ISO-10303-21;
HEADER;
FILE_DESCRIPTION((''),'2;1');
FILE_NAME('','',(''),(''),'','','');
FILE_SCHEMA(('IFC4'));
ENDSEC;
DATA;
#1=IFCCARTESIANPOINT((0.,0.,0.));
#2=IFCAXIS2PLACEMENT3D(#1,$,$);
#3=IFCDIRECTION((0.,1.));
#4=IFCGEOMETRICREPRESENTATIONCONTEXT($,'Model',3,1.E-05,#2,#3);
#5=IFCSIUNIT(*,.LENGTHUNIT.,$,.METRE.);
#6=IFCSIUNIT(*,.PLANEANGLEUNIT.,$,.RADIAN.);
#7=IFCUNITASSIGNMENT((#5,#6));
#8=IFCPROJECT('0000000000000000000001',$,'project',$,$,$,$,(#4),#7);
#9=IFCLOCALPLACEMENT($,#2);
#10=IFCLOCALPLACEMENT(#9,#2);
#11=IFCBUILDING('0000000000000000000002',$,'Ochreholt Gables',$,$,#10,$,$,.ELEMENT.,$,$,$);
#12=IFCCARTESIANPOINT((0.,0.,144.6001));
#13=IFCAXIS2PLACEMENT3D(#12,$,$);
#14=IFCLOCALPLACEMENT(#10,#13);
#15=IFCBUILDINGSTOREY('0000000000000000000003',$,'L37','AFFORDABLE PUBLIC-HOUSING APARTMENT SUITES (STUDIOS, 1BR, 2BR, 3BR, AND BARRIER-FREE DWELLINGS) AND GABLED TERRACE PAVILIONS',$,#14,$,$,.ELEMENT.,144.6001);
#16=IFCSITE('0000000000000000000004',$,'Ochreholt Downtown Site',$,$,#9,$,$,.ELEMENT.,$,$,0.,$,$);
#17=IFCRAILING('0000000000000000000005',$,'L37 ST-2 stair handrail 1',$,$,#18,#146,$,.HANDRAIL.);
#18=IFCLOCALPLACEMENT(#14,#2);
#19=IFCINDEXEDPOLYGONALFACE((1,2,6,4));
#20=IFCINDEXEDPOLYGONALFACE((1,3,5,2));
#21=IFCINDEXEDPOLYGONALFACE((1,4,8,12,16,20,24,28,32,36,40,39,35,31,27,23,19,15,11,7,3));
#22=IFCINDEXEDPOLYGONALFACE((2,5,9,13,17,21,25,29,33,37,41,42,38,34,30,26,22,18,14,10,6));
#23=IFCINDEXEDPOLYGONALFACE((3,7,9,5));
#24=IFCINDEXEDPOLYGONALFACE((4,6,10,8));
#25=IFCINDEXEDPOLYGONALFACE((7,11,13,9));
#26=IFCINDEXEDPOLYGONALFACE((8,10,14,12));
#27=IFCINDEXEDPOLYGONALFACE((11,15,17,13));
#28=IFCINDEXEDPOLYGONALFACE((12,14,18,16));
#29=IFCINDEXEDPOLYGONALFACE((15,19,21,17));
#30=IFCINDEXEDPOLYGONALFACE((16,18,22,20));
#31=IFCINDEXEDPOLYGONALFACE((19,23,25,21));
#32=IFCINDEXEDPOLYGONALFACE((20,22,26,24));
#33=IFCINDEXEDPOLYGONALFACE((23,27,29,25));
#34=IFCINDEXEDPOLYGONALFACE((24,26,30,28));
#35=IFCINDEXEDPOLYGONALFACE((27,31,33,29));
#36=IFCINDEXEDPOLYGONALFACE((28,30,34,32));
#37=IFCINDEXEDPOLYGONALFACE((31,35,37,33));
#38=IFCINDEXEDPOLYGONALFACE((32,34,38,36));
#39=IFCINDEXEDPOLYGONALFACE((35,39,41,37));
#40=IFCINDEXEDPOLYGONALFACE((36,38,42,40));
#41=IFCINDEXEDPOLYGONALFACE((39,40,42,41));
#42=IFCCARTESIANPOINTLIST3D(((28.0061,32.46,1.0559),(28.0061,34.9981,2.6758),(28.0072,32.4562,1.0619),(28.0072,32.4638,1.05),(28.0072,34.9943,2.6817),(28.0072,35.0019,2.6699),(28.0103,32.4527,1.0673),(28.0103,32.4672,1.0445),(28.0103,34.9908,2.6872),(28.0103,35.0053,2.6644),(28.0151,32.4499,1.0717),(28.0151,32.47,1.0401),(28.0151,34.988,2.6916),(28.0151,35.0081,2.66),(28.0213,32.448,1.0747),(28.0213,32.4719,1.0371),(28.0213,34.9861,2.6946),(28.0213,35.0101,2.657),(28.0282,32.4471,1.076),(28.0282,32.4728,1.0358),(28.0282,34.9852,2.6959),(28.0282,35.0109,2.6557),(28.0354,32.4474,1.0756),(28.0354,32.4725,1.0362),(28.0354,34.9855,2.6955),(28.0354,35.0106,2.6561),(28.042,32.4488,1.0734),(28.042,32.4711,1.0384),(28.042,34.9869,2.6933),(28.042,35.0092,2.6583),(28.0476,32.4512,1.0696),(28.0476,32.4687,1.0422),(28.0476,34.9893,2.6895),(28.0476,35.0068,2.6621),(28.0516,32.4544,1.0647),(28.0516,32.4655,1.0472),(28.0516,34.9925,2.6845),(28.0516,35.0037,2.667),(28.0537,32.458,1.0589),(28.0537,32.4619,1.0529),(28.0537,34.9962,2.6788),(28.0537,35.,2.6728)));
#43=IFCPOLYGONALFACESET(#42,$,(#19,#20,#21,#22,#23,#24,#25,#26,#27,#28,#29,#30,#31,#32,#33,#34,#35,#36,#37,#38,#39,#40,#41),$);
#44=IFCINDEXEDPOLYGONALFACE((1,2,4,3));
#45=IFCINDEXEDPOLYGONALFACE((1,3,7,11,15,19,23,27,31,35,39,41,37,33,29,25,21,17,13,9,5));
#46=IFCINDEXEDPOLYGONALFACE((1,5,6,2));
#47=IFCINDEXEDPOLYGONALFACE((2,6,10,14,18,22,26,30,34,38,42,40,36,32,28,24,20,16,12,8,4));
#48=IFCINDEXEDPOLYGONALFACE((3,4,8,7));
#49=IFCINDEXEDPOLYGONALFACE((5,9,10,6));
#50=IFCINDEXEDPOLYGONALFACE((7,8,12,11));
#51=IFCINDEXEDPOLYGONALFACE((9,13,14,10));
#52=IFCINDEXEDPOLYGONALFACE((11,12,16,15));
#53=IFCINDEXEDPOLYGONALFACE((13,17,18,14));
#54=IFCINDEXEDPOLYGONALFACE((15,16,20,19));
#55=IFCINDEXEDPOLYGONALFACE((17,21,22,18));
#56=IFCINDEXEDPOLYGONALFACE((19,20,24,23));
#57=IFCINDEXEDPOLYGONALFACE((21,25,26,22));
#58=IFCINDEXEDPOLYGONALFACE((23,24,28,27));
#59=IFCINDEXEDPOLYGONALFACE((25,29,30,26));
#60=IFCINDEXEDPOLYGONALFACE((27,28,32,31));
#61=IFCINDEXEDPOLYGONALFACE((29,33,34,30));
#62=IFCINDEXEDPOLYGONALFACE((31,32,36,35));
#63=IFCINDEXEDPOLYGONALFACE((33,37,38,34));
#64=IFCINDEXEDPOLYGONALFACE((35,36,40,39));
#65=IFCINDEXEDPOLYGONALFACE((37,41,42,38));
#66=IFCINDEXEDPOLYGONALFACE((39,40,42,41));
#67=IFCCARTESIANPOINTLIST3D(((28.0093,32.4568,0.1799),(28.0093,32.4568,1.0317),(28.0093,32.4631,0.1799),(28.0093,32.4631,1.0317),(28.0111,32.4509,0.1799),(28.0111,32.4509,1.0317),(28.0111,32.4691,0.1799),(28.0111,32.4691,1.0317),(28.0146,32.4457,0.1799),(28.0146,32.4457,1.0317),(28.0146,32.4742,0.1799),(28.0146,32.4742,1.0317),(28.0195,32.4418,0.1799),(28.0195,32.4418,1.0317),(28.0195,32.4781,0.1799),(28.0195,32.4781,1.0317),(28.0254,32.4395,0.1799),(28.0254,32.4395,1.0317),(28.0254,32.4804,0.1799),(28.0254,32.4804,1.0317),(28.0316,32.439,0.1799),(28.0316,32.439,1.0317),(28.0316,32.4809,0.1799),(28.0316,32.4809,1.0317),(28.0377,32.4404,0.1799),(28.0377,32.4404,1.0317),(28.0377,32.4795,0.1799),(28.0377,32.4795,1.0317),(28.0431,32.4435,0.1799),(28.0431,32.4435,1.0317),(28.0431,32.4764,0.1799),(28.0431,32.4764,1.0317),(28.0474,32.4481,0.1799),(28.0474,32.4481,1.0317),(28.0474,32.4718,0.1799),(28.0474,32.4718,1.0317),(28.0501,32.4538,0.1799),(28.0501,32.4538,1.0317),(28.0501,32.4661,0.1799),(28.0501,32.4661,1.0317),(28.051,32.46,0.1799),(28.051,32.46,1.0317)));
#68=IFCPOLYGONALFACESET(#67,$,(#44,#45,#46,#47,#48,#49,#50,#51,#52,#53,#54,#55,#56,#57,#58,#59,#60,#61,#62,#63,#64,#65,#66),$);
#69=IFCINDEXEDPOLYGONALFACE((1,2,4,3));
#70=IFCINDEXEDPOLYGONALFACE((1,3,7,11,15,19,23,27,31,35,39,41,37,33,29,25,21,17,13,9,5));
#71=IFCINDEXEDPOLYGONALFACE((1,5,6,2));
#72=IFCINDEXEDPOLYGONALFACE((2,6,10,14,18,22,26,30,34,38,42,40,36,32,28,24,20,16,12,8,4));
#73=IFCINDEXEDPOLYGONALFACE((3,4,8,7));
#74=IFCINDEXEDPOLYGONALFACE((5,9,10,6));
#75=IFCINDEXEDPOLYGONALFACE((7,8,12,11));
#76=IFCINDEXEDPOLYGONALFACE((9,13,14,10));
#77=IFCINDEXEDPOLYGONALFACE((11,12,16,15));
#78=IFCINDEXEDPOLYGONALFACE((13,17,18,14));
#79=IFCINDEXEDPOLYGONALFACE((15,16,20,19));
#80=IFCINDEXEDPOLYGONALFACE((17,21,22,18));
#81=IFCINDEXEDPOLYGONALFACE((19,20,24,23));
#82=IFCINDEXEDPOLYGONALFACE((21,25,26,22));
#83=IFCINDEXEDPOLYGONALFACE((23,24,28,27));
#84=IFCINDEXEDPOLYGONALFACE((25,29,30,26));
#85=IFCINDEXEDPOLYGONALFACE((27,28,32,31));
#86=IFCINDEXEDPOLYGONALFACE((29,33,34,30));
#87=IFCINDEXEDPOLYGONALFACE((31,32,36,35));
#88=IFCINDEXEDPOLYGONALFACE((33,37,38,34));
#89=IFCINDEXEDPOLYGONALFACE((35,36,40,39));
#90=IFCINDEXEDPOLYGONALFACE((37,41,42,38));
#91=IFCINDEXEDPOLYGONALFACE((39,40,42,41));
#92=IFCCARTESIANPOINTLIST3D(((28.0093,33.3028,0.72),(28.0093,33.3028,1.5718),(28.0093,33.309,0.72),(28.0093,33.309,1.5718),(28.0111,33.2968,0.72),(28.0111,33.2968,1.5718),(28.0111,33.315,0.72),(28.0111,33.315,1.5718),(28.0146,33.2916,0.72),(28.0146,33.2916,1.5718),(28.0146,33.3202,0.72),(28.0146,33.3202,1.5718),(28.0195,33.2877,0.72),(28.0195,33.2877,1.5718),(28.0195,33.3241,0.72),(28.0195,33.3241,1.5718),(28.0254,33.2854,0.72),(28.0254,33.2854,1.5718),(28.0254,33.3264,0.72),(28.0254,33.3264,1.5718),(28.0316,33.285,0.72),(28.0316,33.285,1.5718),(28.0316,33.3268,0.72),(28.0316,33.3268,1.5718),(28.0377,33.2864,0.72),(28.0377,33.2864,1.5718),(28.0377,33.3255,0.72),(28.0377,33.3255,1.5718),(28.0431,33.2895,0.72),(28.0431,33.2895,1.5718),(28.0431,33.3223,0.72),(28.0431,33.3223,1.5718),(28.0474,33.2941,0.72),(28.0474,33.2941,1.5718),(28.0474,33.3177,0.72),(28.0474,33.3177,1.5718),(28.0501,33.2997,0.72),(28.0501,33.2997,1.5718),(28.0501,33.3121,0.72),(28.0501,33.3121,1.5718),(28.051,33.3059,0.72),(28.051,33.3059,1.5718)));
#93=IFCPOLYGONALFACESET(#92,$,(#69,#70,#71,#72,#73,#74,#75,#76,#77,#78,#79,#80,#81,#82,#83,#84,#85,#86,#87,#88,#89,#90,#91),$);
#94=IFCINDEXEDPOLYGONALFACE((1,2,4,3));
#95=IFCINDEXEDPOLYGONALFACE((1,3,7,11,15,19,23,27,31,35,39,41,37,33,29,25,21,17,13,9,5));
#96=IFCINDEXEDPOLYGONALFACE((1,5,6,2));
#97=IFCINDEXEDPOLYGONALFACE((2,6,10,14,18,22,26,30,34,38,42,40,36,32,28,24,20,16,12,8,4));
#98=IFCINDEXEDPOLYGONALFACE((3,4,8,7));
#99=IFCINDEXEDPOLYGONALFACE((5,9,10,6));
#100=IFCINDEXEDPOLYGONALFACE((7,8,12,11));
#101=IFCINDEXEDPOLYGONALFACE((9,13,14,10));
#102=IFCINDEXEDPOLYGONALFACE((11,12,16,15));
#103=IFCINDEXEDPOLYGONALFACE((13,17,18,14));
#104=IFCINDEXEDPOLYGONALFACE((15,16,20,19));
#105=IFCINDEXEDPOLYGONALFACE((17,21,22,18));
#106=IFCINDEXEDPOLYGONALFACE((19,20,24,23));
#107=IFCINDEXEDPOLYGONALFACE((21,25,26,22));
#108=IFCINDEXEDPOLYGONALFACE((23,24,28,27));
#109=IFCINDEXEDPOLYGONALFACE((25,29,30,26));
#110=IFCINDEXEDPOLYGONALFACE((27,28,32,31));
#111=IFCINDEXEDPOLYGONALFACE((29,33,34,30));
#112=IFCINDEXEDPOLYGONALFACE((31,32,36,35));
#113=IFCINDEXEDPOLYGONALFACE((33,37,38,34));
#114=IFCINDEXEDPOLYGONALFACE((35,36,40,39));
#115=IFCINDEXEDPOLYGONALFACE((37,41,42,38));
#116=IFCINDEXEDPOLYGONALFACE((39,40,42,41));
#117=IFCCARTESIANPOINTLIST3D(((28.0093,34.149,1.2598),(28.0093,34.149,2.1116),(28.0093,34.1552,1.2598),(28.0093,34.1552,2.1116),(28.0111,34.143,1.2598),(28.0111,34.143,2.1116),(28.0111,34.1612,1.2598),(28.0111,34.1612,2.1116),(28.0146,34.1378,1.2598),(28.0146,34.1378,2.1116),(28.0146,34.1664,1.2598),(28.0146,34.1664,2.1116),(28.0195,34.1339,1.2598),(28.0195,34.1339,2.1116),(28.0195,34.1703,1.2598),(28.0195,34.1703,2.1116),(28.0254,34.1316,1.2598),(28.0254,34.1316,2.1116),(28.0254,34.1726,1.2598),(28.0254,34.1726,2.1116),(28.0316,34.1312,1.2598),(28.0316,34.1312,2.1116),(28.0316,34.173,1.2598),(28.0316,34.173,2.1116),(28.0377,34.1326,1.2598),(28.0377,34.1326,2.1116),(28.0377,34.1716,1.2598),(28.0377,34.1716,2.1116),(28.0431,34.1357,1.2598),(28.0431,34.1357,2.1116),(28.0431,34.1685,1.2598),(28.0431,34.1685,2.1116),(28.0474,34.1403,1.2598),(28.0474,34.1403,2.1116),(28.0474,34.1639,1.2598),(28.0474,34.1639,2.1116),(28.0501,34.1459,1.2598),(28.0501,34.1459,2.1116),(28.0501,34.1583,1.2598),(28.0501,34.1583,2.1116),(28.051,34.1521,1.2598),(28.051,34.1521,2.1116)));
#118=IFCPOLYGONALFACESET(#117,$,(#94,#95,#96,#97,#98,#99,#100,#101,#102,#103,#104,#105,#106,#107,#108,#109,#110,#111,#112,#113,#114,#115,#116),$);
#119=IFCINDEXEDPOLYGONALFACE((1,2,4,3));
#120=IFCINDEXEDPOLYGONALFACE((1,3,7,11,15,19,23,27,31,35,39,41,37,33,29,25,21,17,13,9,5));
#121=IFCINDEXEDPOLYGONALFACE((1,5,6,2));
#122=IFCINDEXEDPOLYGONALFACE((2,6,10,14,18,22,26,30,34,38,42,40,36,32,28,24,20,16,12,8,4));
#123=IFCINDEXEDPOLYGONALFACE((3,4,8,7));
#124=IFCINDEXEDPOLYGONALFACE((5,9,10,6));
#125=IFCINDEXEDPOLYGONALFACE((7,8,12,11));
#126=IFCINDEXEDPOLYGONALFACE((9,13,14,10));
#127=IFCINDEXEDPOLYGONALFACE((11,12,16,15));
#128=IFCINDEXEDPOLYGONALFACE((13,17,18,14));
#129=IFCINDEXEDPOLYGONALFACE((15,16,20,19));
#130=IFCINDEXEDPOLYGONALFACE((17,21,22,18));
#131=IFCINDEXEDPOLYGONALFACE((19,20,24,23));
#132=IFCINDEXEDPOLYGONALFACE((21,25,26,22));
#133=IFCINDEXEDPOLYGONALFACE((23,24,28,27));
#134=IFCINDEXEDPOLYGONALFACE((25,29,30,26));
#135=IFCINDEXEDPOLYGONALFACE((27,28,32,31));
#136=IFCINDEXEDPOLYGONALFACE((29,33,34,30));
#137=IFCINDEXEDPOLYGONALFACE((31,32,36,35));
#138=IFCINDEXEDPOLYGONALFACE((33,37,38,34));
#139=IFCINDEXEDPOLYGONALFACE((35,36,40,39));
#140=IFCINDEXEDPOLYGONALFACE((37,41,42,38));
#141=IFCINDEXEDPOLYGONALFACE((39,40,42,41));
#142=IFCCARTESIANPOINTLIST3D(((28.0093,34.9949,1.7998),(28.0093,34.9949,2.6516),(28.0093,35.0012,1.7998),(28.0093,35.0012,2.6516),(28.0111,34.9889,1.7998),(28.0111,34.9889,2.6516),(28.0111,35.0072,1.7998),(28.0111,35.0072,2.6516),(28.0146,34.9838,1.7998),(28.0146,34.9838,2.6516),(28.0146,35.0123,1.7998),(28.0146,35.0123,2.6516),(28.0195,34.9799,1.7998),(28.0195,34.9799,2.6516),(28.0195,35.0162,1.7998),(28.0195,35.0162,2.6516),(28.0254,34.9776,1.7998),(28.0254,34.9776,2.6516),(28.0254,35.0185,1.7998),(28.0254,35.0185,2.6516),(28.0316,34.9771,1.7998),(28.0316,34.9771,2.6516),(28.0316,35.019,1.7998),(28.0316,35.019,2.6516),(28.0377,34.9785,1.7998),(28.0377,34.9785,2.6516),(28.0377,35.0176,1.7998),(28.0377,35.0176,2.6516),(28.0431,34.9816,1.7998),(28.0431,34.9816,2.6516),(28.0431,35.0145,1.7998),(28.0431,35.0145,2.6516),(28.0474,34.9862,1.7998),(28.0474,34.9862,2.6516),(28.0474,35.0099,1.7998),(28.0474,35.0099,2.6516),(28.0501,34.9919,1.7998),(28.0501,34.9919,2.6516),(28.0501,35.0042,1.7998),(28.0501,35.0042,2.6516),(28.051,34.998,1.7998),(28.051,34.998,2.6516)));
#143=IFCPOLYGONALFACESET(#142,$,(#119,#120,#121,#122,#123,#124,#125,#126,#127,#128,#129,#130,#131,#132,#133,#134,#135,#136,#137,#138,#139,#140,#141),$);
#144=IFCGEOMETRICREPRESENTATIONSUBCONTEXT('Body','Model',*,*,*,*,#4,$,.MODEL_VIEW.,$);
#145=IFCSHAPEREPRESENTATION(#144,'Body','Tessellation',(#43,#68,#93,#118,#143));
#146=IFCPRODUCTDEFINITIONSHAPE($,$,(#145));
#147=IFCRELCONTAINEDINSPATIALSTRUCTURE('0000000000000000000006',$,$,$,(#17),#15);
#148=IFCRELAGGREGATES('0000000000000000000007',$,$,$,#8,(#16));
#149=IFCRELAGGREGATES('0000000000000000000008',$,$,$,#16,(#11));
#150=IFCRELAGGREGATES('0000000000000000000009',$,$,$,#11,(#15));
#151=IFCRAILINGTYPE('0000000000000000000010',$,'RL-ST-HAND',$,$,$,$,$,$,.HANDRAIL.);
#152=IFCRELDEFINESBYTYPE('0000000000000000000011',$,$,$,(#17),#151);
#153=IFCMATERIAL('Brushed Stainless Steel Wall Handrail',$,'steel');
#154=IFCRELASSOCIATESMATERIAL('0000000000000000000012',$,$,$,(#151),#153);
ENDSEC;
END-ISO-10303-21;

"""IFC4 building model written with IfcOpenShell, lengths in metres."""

from ifc_helpers import new_model, si_unit, direction, frame, origin, origin_2d, place, context, subcontext, project, spatial, circle, extrude, material, type_object, element, save


model = new_model("IFC4")

# Units and contexts
model_context = context("Model", 3, precision=1e-05, world=origin(), true_north=direction((0.0, 1.0)))
body_context = subcontext(model_context, "Body", "Model", "MODEL_VIEW")
ifc_project = project(units=[si_unit("LENGTHUNIT", "METRE"), si_unit("PLANEANGLEUNIT", "RADIAN")], contexts=[model_context])

# Site, building, storey
site_placement = place(None, origin())
site = spatial("IfcSite", under=ifc_project, at=site_placement, Name="Ochreholt Downtown Site", CompositionType="ELEMENT", RefElevation=0.0)
building_placement = place(site_placement, origin())
building = spatial("IfcBuilding", under=site, at=building_placement, Name="Ochreholt Gables", CompositionType="ELEMENT")
storey_placement = place(building_placement, frame((0.0, 0.0, 144.6001)))
storey = spatial("IfcBuildingStorey", under=building, at=storey_placement, Name="L37", Description="AFFORDABLE PUBLIC-HOUSING APARTMENT SUITES (STUDIOS, 1BR, 2BR, 3BR, AND BARRIER-FREE DWELLINGS) AND GABLED TERRACE PAVILIONS", CompositionType="ELEMENT", Elevation=144.6001)

# Railing
ifc_material_1 = material(Name="Brushed Stainless Steel Wall Handrail", Category="steel")
railing_type_1 = type_object("IfcRailingType", Name="RL-ST-HAND", PredefinedType="HANDRAIL", material=ifc_material_1)
railing_1_placement = place(storey_placement, frame((28.03, 32.46, 0.1799)))
element("IfcRailing", 1, at=railing_1_placement, inside=storey, type_object=railing_type_1, Name="L37 ST-2 stair handrail 1", PredefinedType="HANDRAIL", context=body_context, shape_type="SweptSolid", body=[
    extrude(circle(Radius=0.0239, at=origin_2d()), frame((0.0, 0.0, 0.876), z_axis=(0.0, 0.84295, 0.537993), x_axis=(-1.0, 0.0, 0.0)), (0.0, 0.0, 1.0), 3.011),
    extrude(circle(Radius=0.021, at=origin_2d()), origin(), (0.0, 0.0, 1.0), 0.8518),
    extrude(circle(Radius=0.021, at=origin_2d()), frame((0.0, 0.8459, 0.54)), (0.0, 0.0, 1.0), 0.8518),
    extrude(circle(Radius=0.021, at=origin_2d()), frame((0.0, 1.6921, 1.0798)), (0.0, 0.0, 1.0), 0.8518),
    extrude(circle(Radius=0.021, at=origin_2d()), frame((0.0, 2.5381, 1.6199)), (0.0, 0.0, 1.0), 0.8518),
])

save(model, "model.ifc")
